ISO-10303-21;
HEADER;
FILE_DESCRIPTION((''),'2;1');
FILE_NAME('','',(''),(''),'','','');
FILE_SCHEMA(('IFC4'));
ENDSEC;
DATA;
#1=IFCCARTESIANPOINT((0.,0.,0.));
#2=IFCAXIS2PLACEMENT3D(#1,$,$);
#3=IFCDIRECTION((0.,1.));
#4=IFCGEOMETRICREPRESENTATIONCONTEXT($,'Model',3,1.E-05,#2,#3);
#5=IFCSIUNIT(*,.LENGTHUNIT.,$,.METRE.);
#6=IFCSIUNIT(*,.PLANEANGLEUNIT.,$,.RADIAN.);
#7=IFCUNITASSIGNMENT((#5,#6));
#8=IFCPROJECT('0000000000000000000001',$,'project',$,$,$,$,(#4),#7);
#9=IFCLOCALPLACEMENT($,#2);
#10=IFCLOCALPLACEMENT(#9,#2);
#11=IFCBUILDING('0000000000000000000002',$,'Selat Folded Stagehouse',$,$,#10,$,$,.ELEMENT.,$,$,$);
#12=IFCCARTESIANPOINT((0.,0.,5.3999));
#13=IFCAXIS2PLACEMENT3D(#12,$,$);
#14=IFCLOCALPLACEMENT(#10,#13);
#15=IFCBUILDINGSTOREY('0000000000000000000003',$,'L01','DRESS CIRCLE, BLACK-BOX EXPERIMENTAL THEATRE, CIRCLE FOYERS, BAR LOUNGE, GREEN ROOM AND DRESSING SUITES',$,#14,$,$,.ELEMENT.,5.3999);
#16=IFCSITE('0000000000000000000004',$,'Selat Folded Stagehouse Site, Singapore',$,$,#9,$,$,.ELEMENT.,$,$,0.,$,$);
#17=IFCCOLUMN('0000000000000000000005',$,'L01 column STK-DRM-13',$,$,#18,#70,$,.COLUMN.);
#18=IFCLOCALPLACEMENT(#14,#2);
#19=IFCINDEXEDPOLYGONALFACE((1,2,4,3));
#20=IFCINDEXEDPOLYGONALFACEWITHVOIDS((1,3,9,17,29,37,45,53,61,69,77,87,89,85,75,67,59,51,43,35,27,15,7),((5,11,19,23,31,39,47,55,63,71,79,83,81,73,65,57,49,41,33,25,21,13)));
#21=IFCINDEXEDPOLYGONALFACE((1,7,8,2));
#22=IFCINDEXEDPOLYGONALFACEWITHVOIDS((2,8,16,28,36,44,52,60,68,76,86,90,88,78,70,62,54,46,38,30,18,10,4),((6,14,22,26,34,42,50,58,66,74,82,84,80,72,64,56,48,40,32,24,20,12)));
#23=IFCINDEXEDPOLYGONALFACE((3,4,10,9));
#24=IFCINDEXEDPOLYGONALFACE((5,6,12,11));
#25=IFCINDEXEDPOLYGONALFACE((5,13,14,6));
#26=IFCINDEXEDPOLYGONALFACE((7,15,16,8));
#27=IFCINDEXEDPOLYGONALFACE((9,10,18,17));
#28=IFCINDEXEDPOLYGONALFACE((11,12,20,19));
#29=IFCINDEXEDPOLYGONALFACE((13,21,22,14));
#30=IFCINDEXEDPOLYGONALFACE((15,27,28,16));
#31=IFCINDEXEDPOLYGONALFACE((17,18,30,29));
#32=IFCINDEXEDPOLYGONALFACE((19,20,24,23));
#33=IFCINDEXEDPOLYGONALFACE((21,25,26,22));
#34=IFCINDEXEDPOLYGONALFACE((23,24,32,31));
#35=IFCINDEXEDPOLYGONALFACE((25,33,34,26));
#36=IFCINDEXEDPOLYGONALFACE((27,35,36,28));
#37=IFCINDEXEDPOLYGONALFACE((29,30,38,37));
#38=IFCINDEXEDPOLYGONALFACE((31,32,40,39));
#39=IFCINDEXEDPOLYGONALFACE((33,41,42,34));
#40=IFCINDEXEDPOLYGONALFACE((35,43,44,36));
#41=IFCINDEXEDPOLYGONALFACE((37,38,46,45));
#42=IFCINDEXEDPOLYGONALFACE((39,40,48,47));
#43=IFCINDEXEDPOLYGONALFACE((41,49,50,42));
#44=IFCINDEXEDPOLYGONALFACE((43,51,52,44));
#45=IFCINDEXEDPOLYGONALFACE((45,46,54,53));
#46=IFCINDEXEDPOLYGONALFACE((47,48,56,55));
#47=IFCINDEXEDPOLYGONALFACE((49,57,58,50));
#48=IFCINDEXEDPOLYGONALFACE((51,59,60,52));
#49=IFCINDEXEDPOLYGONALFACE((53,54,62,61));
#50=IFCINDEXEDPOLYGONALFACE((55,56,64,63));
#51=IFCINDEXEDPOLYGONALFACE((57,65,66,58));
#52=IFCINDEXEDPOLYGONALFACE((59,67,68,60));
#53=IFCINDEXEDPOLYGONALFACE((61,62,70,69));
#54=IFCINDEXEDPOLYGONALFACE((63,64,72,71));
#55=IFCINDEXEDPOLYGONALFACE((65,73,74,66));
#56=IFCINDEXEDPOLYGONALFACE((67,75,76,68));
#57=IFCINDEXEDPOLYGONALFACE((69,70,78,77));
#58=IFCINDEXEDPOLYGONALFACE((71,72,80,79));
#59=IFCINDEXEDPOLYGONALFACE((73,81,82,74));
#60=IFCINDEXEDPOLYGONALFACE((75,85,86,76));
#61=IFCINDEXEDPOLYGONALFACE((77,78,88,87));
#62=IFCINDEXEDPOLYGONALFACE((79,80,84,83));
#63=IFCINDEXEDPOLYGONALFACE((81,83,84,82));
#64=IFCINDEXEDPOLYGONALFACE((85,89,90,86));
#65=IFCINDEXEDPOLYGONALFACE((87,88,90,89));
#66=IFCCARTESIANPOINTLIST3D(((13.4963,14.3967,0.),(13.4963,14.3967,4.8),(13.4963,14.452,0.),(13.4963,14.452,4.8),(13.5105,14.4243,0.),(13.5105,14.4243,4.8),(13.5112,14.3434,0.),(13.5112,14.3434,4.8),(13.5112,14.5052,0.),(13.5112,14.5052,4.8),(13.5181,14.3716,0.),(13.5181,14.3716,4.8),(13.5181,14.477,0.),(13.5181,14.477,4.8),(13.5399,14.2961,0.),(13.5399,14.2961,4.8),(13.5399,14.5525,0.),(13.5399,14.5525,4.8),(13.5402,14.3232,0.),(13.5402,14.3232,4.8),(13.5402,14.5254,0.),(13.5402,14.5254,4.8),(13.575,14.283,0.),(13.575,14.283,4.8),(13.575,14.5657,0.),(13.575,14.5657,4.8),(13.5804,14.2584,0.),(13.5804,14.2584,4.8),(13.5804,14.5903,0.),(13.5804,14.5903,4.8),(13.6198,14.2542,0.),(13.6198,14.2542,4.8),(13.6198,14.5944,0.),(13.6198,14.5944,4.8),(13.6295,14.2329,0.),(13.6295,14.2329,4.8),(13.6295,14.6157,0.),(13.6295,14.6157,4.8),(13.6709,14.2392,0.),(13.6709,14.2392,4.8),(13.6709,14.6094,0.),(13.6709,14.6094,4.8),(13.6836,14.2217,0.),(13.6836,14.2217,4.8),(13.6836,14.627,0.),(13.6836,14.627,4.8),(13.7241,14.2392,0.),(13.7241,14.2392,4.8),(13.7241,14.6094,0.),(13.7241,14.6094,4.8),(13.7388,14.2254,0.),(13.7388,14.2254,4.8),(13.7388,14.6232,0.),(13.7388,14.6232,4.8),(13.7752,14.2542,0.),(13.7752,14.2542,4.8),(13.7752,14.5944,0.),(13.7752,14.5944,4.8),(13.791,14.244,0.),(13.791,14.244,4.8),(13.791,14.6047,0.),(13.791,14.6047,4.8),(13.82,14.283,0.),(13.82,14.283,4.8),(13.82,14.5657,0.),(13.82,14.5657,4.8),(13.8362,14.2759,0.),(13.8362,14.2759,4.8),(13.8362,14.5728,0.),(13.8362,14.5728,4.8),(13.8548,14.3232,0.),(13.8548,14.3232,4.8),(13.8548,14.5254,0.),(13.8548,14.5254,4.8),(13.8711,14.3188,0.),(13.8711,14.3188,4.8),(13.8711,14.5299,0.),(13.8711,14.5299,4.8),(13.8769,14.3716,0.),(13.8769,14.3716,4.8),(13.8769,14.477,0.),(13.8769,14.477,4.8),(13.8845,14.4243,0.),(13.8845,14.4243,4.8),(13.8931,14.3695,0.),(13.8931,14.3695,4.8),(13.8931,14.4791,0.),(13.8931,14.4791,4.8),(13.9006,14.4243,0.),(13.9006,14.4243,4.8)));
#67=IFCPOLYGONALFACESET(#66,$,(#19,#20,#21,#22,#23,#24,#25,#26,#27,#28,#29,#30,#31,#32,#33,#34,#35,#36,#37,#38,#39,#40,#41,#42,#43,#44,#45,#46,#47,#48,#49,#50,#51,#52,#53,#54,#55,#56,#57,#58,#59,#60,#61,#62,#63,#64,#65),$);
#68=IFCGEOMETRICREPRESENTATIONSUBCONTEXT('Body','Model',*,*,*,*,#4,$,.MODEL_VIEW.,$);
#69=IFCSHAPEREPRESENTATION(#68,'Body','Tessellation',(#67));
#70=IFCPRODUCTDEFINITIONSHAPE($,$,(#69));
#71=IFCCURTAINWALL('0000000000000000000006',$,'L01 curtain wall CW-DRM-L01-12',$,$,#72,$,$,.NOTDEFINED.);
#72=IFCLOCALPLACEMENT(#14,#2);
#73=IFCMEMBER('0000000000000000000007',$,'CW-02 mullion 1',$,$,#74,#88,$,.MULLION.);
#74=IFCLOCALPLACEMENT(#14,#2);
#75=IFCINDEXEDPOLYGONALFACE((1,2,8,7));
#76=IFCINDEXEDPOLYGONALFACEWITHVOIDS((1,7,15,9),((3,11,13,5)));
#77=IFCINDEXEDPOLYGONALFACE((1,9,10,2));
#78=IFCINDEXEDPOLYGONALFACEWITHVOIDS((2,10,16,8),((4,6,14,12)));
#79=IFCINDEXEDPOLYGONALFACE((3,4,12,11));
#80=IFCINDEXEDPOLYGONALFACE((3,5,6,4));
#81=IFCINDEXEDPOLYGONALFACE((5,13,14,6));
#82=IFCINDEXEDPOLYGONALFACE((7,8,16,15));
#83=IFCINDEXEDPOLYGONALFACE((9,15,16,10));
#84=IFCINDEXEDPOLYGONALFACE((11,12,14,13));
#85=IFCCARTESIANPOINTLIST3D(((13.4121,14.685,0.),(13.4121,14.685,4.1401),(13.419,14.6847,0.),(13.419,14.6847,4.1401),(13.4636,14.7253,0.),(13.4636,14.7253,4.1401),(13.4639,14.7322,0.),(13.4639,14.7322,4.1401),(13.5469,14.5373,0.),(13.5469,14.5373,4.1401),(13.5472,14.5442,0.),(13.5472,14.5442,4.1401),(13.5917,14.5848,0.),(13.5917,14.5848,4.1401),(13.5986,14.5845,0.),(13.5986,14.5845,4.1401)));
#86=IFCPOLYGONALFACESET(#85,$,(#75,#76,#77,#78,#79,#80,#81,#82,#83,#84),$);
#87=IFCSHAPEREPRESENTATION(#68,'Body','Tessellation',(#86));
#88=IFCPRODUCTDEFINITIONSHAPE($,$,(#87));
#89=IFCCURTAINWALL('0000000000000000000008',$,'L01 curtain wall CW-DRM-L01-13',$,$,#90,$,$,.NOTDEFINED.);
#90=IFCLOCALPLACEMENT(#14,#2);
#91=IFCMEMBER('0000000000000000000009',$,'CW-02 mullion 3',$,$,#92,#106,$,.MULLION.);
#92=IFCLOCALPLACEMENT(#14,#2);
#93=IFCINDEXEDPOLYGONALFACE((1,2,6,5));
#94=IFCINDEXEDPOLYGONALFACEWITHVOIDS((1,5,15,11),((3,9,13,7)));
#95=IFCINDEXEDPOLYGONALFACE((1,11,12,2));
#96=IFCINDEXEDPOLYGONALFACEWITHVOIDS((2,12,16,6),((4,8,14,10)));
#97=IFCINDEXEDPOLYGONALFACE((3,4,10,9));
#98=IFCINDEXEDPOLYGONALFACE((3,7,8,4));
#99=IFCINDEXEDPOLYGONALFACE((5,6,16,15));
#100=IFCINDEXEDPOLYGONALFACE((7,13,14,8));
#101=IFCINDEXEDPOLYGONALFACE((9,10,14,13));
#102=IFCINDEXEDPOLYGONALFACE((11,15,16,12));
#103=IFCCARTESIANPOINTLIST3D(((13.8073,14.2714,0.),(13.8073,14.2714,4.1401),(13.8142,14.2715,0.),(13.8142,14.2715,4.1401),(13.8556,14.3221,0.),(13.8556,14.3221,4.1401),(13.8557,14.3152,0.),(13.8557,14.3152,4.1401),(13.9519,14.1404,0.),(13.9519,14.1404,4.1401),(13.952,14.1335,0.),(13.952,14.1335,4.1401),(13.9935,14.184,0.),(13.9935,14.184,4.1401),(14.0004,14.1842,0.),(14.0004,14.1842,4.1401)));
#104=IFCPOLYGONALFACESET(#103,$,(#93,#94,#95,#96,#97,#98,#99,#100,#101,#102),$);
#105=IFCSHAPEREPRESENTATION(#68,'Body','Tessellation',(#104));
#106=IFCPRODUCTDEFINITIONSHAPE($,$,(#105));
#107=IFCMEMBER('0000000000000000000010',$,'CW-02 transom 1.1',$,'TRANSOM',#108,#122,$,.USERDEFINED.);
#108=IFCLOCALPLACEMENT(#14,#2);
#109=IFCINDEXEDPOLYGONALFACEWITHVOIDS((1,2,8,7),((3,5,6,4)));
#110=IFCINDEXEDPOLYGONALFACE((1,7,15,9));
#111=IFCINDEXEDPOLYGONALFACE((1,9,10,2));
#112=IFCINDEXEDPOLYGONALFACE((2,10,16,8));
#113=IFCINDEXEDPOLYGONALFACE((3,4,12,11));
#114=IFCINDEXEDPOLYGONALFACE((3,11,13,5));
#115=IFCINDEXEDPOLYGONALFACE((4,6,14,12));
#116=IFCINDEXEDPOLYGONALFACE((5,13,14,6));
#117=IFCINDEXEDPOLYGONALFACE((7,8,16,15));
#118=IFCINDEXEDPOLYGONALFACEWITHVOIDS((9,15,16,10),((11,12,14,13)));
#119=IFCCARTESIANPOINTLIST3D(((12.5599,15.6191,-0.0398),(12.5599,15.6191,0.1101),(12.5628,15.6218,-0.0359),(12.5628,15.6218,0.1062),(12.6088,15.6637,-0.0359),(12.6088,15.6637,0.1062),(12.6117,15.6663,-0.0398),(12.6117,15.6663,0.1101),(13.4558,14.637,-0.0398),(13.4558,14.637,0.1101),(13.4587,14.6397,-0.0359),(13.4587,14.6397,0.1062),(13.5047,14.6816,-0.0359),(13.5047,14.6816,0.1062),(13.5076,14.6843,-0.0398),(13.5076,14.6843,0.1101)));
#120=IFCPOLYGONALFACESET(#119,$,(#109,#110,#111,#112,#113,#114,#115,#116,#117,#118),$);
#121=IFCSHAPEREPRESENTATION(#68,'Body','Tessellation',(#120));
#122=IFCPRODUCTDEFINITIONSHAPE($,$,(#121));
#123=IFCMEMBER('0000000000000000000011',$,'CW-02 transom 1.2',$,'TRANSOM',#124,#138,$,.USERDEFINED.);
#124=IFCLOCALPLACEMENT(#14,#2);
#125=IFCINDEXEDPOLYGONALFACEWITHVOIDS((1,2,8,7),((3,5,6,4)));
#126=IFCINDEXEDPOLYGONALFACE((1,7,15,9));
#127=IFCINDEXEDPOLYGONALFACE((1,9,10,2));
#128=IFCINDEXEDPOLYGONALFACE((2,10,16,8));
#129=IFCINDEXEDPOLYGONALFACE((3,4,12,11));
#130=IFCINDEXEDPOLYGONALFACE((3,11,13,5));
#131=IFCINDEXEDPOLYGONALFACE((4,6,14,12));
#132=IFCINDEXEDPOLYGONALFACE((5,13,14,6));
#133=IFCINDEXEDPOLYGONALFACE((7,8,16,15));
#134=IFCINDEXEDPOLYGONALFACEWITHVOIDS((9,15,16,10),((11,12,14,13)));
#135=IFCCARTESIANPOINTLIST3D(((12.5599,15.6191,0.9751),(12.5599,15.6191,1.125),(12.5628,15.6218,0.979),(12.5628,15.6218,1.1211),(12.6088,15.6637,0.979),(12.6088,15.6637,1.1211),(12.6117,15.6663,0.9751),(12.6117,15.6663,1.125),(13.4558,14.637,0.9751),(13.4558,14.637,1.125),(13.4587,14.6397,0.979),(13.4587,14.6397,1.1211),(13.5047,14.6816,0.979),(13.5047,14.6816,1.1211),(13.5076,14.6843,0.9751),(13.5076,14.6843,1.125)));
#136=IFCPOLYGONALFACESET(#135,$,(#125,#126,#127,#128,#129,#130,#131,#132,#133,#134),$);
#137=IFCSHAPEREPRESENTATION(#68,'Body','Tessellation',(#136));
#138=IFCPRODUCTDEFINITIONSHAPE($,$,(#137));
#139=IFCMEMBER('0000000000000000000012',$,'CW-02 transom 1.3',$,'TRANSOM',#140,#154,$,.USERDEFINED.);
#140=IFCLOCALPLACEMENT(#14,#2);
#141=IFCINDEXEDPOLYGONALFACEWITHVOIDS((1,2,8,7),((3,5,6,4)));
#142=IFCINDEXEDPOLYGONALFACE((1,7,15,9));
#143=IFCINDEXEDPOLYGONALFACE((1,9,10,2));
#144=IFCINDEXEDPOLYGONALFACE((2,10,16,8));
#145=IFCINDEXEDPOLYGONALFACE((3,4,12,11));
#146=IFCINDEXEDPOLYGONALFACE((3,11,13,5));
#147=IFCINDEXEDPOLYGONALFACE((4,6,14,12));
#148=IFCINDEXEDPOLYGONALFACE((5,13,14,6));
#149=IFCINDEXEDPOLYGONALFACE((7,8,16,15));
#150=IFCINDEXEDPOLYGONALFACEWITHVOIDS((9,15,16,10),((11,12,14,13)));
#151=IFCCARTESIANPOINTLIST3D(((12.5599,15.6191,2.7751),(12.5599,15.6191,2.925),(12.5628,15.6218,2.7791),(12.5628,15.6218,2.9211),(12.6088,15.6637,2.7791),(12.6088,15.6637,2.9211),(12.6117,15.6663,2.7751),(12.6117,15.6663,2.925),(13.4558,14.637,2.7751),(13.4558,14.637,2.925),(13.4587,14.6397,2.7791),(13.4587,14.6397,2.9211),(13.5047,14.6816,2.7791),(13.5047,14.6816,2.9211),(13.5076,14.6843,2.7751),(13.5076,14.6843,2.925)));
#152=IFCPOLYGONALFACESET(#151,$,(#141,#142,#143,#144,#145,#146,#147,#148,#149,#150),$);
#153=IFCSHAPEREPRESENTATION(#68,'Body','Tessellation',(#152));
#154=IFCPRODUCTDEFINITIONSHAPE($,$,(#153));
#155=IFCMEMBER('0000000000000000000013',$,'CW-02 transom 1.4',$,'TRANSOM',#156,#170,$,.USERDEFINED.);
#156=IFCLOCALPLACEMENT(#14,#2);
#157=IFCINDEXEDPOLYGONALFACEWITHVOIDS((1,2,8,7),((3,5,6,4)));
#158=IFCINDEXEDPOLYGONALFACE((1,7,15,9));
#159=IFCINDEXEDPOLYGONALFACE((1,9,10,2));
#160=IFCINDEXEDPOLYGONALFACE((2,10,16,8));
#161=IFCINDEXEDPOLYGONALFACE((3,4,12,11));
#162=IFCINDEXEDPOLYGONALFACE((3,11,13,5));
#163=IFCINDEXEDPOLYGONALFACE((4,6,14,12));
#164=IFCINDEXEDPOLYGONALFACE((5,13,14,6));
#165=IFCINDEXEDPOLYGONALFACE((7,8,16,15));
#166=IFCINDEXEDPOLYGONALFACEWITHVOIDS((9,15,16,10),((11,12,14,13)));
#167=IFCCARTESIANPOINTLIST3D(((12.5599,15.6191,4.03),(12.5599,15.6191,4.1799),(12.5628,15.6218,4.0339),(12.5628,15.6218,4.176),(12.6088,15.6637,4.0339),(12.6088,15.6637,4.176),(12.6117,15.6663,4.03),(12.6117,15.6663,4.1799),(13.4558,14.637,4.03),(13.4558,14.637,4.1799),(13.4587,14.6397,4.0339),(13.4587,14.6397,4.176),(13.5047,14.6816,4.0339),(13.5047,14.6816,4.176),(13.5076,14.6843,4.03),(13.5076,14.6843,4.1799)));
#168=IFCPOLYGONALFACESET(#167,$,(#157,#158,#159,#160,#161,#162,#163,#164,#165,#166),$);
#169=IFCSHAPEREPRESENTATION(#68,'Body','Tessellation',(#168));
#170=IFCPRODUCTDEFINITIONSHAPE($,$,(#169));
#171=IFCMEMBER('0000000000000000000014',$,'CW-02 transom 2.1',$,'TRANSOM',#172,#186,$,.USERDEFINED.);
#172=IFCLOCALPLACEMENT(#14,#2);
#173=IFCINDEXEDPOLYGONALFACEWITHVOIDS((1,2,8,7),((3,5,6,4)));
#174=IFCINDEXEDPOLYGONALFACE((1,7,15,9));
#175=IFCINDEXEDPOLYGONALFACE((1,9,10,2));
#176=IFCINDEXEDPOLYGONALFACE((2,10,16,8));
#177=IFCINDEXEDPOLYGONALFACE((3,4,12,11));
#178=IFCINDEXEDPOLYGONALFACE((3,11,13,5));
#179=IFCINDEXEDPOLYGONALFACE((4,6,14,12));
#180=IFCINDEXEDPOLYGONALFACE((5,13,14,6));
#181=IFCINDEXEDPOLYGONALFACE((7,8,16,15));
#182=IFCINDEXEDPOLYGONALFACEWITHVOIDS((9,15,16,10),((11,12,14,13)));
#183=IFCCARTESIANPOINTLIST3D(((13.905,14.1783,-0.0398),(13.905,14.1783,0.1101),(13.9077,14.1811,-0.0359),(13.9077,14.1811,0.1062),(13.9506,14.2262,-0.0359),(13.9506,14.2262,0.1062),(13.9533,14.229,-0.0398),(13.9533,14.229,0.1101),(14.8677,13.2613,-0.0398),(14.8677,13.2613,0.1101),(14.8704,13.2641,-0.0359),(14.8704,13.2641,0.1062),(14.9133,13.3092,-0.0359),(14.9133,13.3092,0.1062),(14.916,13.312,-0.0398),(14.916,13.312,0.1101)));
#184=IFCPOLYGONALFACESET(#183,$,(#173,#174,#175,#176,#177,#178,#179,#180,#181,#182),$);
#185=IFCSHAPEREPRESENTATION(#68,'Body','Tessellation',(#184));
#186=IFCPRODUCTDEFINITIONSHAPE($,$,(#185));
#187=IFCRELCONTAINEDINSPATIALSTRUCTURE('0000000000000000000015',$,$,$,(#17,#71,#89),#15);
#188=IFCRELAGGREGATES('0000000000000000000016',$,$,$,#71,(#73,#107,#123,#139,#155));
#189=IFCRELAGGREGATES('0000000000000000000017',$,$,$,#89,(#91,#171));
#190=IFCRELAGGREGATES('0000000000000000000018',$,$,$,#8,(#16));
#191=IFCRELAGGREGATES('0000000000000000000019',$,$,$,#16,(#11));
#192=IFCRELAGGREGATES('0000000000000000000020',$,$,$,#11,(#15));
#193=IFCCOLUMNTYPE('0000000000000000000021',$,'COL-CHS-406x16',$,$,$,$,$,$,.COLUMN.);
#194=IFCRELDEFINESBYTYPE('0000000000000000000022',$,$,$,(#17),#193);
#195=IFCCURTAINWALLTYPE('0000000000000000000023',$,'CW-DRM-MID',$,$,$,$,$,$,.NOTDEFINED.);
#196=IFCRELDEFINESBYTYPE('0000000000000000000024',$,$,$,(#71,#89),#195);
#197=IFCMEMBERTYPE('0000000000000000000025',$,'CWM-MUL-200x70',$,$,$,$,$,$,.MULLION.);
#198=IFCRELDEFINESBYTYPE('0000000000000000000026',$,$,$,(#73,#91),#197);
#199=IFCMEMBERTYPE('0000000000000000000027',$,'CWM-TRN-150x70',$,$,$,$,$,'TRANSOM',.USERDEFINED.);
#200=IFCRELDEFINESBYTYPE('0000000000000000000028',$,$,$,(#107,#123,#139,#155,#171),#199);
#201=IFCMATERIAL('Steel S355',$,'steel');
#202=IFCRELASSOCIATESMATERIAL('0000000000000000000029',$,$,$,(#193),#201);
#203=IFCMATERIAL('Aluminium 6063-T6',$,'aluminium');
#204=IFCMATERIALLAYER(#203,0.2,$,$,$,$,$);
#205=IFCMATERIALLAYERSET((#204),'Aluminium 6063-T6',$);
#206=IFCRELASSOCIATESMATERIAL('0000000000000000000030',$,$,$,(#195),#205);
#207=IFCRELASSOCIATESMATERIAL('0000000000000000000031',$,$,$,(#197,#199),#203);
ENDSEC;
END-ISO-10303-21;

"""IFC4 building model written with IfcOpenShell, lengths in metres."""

from ifc_helpers import new_model, si_unit, direction, frame, origin, origin_2d, place, context, subcontext, project, spatial, hollow_rectangle, hollow_circle, extrude, material, layer, layer_set, material_profile, profile_set, type_object, element, aggregate, save


model = new_model("IFC4")

# Units and contexts
model_context = context("Model", 3, precision=1e-05, world=origin(), true_north=direction((0.0, 1.0)))
body_context = subcontext(model_context, "Body", "Model", "MODEL_VIEW")
ifc_project = project(units=[si_unit("LENGTHUNIT", "METRE"), si_unit("PLANEANGLEUNIT", "RADIAN")], contexts=[model_context])

# Site, building, storey
site_placement = place(None, origin())
site = spatial("IfcSite", under=ifc_project, at=site_placement, Name="Selat Folded Stagehouse Site, Singapore", CompositionType="ELEMENT", RefElevation=0.0)
building_placement = place(site_placement, origin())
building = spatial("IfcBuilding", under=site, at=building_placement, Name="Selat Folded Stagehouse", CompositionType="ELEMENT")
storey_placement = place(building_placement, frame((0.0, 0.0, 5.3999)))
storey = spatial("IfcBuildingStorey", under=building, at=storey_placement, Name="L01", Description="DRESS CIRCLE, BLACK-BOX EXPERIMENTAL THEATRE, CIRCLE FOYERS, BAR LOUNGE, GREEN ROOM AND DRESSING SUITES", CompositionType="ELEMENT", Elevation=5.3999)

# Column
ifc_material_1 = material(Name="Steel S355", Category="steel")
ifc_material_profile_1 = material_profile(ifc_material_1, hollow_circle(Radius=0.2031, WallThickness=0.0161, at=origin_2d()), Name="CHS 406.4x16.0")
ifc_profile_set_1 = profile_set([ifc_material_profile_1], Name="Steel S355")
column_type = type_object("IfcColumnType", Name="COL-CHS-406x16", PredefinedType="COLUMN", material=ifc_profile_set_1)
column_placement = place(storey_placement, frame((13.6975, 14.4243, 0.0), z_axis=(0.0, 0.0, 1.0), x_axis=(1.0, 0.0, 0.0)))
element("IfcColumn", 1, at=column_placement, inside=storey, type_object=column_type, Name="L01 column STK-DRM-13", PredefinedType="COLUMN", context=body_context, shape_type="SweptSolid", body=[
    extrude(hollow_circle(Radius=0.2031, WallThickness=0.0161, at=origin_2d()), origin(), (0.0, 0.0, 1.0), 4.8),
])

# Curtain walls, members
ifc_material_2 = material(Name="Aluminium 6063-T6", Category="aluminium")
ifc_layer_1 = layer(ifc_material_2, 0.2)
ifc_layer_set_1 = layer_set([ifc_layer_1], Name="Aluminium 6063-T6")
curtain_wall_type = type_object("IfcCurtainWallType", Name="CW-DRM-MID", PredefinedType="NOTDEFINED", material=ifc_layer_set_1)
curtain_wall_1_placement = place(storey_placement, origin())
curtain_wall_1 = element("IfcCurtainWall", 2, at=curtain_wall_1_placement, inside=storey, type_object=curtain_wall_type, Name="L01 curtain wall CW-DRM-L01-12", PredefinedType="NOTDEFINED")
ifc_material_profile_2 = material_profile(ifc_material_2, hollow_rectangle(XDim=0.0701, YDim=0.2, WallThickness=0.0049, at=origin_2d()), Name="ALU 200x70x5.0")
ifc_profile_set_2 = profile_set([ifc_material_profile_2], Name="Aluminium 6063-T6")
member_type_1 = type_object("IfcMemberType", Name="CWM-MUL-200x70", PredefinedType="MULLION", material=ifc_profile_set_2)
member_1_placement = place(storey_placement, frame((13.5054, 14.6348, 0.0), z_axis=(0.0, 0.0, 1.0), x_axis=(-0.738729, -0.674002, 0.0)))
member_1 = element("IfcMember", 3, at=member_1_placement, type_object=member_type_1, Name="CW-02 mullion 1", PredefinedType="MULLION", context=body_context, shape_type="SweptSolid", body=[
    extrude(hollow_rectangle(XDim=0.0701, YDim=0.2, WallThickness=0.0049, at=origin_2d()), origin(), (0.0, 0.0, 1.0), 4.1401),
])
curtain_wall_2_placement = place(storey_placement, origin())
curtain_wall_2 = element("IfcCurtainWall", 4, at=curtain_wall_2_placement, inside=storey, type_object=curtain_wall_type, Name="L01 curtain wall CW-DRM-L01-13", PredefinedType="NOTDEFINED")
member_2_placement = place(storey_placement, frame((13.9038, 14.2278, 0.0), z_axis=(0.0, 0.0, 1.0), x_axis=(-0.689661, -0.724132, 0.0)))
member_2 = element("IfcMember", 5, at=member_2_placement, type_object=member_type_1, Name="CW-02 mullion 3", PredefinedType="MULLION", context=body_context, shape_type="SweptSolid", body=[
    extrude(hollow_rectangle(XDim=0.0701, YDim=0.2, WallThickness=0.0049, at=origin_2d()), origin(), (0.0, 0.0, 1.0), 4.1401),
])

# Members
ifc_material_profile_3 = material_profile(ifc_material_2, hollow_rectangle(XDim=0.0701, YDim=0.1499, WallThickness=0.0039, at=origin_2d()), Name="ALU 150x70x4.0")
ifc_profile_set_3 = profile_set([ifc_material_profile_3], Name="Aluminium 6063-T6")
member_type_2 = type_object("IfcMemberType", Name="CWM-TRN-150x70", ElementType="TRANSOM", PredefinedType="USERDEFINED", material=ifc_profile_set_3)
member_3_placement = place(storey_placement, frame((13.4817, 14.6606, 0.0352), z_axis=(-0.673951, 0.738776, 0.0), x_axis=(-0.738776, -0.673951, 0.0)))
member_3 = element("IfcMember", 6, at=member_3_placement, type_object=member_type_2, Name="CW-02 transom 1.1", ObjectType="TRANSOM", PredefinedType="USERDEFINED", context=body_context, shape_type="SweptSolid", body=[
    extrude(hollow_rectangle(XDim=0.0701, YDim=0.1499, WallThickness=0.0039, at=origin_2d()), origin(), (0.0, 0.0, 1.0), 1.3293),
])
member_4_placement = place(storey_placement, frame((13.4817, 14.6606, 1.05), z_axis=(-0.673951, 0.738776, 0.0), x_axis=(-0.738776, -0.673951, 0.0)))
member_4 = element("IfcMember", 7, at=member_4_placement, type_object=member_type_2, Name="CW-02 transom 1.2", ObjectType="TRANSOM", PredefinedType="USERDEFINED", context=body_context, shape_type="SweptSolid", body=[
    extrude(hollow_rectangle(XDim=0.0701, YDim=0.1499, WallThickness=0.0039, at=origin_2d()), origin(), (0.0, 0.0, 1.0), 1.3293),
])
member_5_placement = place(storey_placement, frame((13.4817, 14.6606, 2.8501), z_axis=(-0.673951, 0.738776, 0.0), x_axis=(-0.738776, -0.673951, 0.0)))
member_5 = element("IfcMember", 8, at=member_5_placement, type_object=member_type_2, Name="CW-02 transom 1.3", ObjectType="TRANSOM", PredefinedType="USERDEFINED", context=body_context, shape_type="SweptSolid", body=[
    extrude(hollow_rectangle(XDim=0.0701, YDim=0.1499, WallThickness=0.0039, at=origin_2d()), origin(), (0.0, 0.0, 1.0), 1.3293),
])
member_6_placement = place(storey_placement, frame((13.4817, 14.6606, 4.105), z_axis=(-0.673951, 0.738776, 0.0), x_axis=(-0.738776, -0.673951, 0.0)))
member_6 = element("IfcMember", 9, at=member_6_placement, type_object=member_type_2, Name="CW-02 transom 1.4", ObjectType="TRANSOM", PredefinedType="USERDEFINED", context=body_context, shape_type="SweptSolid", body=[
    extrude(hollow_rectangle(XDim=0.0701, YDim=0.1499, WallThickness=0.0039, at=origin_2d()), origin(), (0.0, 0.0, 1.0), 1.3293),
])
aggregate(curtain_wall_1, [member_1, member_3, member_4, member_5, member_6])
member_7_placement = place(storey_placement, frame((14.8918, 13.2866, 0.0352), z_axis=(-0.724068, 0.689729, 0.0), x_axis=(-0.689729, -0.724068, 0.0)))
member_7 = element("IfcMember", 10, at=member_7_placement, type_object=member_type_2, Name="CW-02 transom 2.1", ObjectType="TRANSOM", PredefinedType="USERDEFINED", context=body_context, shape_type="SweptSolid", body=[
    extrude(hollow_rectangle(XDim=0.0701, YDim=0.1499, WallThickness=0.0039, at=origin_2d()), origin(), (0.0, 0.0, 1.0), 1.3296),
])

aggregate(curtain_wall_2, [member_2, member_7])

save(model, "model.ifc")
